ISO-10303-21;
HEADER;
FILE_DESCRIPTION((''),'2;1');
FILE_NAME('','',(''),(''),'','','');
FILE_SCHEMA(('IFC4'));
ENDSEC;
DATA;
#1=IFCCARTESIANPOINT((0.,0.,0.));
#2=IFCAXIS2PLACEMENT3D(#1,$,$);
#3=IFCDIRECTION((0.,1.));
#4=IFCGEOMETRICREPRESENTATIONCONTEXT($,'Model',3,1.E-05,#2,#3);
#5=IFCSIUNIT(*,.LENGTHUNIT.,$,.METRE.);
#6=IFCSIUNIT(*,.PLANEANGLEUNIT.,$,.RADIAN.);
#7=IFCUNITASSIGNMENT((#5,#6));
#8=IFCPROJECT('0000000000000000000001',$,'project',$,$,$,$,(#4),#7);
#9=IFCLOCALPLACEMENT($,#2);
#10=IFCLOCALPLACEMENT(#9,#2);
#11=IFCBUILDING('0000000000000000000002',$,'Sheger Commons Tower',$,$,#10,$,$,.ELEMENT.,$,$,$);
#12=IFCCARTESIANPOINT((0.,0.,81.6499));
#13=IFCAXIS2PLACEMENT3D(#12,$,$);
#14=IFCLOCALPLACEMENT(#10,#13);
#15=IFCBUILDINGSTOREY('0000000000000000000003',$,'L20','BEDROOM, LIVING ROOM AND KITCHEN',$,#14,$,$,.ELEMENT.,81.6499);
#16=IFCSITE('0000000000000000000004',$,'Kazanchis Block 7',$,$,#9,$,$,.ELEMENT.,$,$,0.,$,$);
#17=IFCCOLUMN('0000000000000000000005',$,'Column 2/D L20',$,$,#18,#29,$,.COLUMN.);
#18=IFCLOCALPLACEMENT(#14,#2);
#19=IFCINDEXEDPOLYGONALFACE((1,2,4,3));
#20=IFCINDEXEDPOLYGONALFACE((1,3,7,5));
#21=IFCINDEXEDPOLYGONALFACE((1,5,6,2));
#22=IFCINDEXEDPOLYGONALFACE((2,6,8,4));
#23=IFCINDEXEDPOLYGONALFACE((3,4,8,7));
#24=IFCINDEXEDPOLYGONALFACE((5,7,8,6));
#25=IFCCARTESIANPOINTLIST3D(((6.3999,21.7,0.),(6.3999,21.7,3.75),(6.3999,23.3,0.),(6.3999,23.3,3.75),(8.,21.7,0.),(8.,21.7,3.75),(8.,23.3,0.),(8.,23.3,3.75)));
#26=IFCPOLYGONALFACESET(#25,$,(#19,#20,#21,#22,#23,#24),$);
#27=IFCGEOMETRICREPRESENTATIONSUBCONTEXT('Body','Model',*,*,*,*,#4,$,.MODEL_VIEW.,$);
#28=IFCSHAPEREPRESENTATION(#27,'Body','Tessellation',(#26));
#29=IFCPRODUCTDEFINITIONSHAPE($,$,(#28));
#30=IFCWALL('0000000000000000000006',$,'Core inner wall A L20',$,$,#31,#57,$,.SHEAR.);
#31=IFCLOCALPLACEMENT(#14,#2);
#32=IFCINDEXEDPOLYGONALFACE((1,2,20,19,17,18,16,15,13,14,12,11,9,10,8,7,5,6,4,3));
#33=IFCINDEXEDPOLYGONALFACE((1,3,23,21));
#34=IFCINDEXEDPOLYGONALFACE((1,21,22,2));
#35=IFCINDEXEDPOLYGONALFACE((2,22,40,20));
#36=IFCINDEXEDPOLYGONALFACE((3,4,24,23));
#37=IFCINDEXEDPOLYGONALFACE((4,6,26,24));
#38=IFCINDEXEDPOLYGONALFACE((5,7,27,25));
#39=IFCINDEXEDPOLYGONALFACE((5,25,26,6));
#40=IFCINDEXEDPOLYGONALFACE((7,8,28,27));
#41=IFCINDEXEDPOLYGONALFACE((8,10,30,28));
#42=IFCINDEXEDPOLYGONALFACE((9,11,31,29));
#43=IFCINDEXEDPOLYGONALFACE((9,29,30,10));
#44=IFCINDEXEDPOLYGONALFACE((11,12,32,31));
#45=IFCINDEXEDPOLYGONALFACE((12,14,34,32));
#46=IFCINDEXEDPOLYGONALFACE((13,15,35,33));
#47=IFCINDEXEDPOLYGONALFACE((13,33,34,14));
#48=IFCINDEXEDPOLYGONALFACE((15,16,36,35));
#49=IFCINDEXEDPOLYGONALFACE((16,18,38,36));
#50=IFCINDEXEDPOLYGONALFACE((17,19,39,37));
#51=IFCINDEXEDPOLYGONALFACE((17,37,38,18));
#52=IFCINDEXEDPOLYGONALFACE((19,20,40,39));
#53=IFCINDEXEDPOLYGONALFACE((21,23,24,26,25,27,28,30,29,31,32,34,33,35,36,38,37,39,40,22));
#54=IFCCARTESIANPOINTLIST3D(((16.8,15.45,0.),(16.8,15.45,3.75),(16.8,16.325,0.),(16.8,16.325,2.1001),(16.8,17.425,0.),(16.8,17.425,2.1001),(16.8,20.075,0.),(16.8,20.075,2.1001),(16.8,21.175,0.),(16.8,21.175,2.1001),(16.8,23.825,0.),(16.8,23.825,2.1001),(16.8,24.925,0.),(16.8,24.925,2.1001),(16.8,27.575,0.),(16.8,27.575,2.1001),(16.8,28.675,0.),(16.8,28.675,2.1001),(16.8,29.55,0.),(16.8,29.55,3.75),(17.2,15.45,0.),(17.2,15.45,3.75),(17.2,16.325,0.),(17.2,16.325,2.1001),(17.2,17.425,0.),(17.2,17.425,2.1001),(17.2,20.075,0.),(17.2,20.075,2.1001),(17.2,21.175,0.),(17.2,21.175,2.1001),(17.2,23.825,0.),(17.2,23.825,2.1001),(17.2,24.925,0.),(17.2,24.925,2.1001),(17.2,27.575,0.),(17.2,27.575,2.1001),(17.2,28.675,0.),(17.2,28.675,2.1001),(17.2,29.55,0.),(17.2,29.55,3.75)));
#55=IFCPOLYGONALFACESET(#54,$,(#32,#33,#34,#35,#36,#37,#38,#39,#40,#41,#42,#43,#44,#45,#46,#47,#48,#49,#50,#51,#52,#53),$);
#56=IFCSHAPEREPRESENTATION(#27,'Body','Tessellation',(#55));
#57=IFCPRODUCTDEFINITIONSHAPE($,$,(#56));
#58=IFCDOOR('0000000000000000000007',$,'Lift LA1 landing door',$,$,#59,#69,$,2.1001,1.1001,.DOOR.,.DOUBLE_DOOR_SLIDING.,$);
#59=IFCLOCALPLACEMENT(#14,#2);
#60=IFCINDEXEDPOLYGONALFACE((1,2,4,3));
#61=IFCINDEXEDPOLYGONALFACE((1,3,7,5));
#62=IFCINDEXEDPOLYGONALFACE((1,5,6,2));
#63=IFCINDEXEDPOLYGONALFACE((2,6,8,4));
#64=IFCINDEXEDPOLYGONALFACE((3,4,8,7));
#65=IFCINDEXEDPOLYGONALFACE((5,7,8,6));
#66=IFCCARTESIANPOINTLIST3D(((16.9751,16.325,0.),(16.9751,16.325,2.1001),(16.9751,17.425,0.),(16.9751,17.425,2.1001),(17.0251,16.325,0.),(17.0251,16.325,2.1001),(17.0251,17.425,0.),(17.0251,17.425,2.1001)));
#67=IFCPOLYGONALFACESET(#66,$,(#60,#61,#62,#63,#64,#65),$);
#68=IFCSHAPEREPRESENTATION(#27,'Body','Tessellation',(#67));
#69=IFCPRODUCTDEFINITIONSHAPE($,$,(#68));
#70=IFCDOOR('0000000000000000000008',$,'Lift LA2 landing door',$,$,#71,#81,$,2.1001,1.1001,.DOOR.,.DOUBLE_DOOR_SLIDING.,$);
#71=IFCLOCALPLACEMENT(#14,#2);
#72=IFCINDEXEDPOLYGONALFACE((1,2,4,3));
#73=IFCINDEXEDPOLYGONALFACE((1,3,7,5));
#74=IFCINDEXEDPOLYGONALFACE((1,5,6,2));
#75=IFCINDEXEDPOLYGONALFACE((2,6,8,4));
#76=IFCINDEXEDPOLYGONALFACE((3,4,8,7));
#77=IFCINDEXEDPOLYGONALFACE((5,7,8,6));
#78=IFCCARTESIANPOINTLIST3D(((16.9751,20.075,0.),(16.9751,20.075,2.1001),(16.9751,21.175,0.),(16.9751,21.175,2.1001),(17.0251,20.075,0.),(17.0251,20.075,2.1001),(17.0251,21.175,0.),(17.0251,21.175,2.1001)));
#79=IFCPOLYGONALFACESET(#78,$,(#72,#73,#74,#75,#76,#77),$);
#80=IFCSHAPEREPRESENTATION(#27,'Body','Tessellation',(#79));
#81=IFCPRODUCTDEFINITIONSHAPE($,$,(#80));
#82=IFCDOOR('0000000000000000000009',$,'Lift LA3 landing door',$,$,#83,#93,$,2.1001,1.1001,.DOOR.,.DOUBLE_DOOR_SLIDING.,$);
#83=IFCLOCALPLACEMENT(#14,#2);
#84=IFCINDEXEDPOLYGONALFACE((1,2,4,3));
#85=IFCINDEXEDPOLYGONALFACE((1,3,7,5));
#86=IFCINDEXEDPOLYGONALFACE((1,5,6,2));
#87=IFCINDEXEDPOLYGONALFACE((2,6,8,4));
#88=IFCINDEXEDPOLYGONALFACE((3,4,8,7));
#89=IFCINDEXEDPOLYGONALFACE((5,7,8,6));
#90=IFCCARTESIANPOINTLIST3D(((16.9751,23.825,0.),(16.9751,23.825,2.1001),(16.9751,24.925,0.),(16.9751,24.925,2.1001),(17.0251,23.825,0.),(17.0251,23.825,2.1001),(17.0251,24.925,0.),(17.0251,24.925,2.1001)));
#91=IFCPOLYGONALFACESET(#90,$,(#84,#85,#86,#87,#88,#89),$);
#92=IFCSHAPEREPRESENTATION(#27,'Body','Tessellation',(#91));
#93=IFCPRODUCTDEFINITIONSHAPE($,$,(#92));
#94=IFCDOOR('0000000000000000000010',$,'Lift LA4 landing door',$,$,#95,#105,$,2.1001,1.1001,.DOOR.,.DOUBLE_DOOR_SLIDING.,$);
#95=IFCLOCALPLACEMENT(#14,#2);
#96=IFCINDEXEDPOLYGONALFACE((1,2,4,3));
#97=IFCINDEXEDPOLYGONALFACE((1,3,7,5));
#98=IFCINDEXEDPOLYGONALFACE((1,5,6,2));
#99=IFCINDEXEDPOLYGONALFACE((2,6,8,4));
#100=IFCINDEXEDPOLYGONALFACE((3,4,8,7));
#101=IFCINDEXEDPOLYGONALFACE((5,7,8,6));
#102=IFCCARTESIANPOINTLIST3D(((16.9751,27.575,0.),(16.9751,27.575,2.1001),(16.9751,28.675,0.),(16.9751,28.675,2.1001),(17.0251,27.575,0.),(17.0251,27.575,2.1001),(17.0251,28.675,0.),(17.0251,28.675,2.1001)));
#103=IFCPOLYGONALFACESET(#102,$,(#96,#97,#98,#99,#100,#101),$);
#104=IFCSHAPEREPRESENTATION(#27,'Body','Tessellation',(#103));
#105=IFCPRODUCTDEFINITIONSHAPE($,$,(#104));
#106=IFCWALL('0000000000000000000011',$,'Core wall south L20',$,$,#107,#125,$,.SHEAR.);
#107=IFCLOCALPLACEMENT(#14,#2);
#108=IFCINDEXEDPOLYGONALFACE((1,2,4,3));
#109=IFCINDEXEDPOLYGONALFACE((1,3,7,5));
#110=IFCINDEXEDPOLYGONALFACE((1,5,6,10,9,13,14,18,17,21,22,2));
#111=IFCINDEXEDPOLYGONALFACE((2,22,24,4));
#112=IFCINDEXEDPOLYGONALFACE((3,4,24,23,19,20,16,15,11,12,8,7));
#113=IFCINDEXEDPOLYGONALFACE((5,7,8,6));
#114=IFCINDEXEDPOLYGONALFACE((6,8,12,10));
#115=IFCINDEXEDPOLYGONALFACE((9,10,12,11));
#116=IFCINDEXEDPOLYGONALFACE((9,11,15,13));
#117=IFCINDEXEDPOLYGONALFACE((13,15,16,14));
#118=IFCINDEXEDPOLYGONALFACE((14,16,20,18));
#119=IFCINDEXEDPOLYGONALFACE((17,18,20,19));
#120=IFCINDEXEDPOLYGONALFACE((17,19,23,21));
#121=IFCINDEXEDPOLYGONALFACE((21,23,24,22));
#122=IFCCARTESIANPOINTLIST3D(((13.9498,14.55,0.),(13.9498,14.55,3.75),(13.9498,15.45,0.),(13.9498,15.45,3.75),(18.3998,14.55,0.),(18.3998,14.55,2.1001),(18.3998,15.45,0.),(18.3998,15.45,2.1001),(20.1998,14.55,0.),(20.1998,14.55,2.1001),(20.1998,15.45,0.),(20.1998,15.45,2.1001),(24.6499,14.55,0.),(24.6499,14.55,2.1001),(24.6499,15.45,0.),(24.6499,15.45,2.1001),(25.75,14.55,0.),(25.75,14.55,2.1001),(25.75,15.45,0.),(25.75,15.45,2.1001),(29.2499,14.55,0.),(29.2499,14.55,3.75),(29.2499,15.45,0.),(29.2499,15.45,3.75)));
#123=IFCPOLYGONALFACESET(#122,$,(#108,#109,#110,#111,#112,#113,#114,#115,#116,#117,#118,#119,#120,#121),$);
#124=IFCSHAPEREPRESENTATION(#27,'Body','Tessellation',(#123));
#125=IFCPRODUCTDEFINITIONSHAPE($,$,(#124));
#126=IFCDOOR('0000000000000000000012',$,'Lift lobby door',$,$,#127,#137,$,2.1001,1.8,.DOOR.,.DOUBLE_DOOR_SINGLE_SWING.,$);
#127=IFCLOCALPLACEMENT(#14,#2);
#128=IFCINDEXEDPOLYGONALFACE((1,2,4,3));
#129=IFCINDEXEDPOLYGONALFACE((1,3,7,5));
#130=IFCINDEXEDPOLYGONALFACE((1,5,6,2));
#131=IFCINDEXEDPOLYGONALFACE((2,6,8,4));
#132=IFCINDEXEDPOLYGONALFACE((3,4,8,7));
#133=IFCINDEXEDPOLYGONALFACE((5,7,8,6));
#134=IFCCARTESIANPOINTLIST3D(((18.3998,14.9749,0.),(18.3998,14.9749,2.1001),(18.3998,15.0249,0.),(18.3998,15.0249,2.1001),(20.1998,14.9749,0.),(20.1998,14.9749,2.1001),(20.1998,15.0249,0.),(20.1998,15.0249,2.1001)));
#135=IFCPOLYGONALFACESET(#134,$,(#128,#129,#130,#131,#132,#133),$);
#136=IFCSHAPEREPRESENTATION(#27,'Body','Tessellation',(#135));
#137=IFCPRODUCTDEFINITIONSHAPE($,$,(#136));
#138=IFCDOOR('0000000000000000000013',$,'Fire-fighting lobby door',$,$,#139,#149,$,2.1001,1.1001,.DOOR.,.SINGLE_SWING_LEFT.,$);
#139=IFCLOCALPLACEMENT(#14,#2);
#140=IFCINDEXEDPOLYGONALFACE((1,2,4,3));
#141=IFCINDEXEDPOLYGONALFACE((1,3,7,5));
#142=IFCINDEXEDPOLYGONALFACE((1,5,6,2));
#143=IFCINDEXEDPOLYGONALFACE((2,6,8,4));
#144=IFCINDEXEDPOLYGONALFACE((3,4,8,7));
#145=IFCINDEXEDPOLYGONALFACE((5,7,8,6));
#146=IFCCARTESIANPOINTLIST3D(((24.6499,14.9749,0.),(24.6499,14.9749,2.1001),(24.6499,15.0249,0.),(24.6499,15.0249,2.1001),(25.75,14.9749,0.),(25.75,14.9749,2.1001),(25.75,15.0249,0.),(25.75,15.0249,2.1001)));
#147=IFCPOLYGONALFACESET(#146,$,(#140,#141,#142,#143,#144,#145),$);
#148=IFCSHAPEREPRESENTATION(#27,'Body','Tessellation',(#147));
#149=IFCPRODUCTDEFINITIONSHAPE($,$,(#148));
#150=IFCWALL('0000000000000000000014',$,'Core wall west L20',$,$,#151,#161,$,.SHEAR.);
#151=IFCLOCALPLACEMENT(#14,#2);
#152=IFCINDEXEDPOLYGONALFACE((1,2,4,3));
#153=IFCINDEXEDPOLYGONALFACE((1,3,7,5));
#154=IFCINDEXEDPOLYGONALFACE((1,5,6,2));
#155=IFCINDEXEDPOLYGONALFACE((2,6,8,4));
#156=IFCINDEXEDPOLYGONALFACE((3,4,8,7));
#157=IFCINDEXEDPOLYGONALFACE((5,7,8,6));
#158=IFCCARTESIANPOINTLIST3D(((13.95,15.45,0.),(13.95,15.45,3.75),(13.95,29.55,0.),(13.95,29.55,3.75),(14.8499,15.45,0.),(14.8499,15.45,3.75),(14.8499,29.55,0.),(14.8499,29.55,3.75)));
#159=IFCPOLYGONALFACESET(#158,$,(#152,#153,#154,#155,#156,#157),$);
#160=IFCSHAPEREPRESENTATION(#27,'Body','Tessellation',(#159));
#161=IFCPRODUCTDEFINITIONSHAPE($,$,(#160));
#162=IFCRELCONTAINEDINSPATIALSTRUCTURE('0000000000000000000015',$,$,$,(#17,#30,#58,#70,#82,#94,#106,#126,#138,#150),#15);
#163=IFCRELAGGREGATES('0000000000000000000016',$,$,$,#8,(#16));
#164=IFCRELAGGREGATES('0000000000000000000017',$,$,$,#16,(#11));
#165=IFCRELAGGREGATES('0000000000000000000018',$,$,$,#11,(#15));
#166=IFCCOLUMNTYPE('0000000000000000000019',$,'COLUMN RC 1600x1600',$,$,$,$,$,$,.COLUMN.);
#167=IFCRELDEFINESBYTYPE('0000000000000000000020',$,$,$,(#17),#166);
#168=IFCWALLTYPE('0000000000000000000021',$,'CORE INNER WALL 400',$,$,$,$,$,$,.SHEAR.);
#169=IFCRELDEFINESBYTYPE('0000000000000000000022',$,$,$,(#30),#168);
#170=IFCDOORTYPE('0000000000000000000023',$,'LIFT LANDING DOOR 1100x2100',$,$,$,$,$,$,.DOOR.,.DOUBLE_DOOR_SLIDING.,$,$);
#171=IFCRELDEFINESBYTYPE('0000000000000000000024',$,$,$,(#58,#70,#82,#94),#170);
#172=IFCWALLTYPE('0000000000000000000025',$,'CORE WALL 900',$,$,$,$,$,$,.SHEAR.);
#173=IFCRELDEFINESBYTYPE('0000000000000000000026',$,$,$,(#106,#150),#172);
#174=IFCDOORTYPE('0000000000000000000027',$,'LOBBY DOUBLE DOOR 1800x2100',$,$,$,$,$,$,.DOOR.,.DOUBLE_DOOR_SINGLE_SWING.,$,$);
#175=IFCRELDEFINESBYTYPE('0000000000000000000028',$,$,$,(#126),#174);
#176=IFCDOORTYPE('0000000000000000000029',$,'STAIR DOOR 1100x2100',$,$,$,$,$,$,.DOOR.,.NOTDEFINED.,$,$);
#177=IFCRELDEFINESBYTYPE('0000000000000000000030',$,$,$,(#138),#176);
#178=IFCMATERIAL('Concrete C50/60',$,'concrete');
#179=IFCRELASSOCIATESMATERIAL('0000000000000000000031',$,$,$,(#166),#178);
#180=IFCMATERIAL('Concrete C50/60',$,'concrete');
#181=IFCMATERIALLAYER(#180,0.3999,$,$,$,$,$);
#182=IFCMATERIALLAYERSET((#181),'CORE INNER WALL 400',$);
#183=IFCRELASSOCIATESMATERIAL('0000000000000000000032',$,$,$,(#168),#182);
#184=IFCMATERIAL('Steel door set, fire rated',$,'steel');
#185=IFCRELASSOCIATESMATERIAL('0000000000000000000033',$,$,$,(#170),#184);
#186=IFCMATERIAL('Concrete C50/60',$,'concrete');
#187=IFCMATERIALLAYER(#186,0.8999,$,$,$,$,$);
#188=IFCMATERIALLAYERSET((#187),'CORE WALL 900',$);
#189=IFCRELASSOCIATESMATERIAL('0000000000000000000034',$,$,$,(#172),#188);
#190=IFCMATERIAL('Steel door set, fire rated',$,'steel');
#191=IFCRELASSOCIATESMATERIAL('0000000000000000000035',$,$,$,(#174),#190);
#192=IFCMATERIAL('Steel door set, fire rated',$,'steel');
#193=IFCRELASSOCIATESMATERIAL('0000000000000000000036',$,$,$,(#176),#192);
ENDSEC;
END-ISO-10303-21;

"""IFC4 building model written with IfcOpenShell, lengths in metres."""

from ifc_helpers import new_model, si_unit, direction, frame, frame_2d, origin, origin_2d, place, context, subcontext, project, spatial, rectangle, extrude, material, layer, layer_set, material_profile, profile_set, type_object, element, fill, save


model = new_model("IFC4")

# Units and contexts
model_context = context("Model", 3, precision=1e-05, world=origin(), true_north=direction((0.0, 1.0)))
body_context = subcontext(model_context, "Body", "Model", "MODEL_VIEW")
ifc_project = project(units=[si_unit("LENGTHUNIT", "METRE"), si_unit("PLANEANGLEUNIT", "RADIAN")], contexts=[model_context])

# Site, building, storey
site_placement = place(None, origin())
site = spatial("IfcSite", under=ifc_project, at=site_placement, Name="Kazanchis Block 7", CompositionType="ELEMENT", RefElevation=0.0)
building_placement = place(site_placement, origin())
building = spatial("IfcBuilding", under=site, at=building_placement, Name="Sheger Commons Tower", CompositionType="ELEMENT")
storey_placement = place(building_placement, frame((0.0, 0.0, 81.6499)))
storey = spatial("IfcBuildingStorey", under=building, at=storey_placement, Name="L20", Description="BEDROOM, LIVING ROOM AND KITCHEN", CompositionType="ELEMENT", Elevation=81.6499)

# Column
ifc_material_1 = material(Name="Concrete C50/60", Category="concrete")
ifc_material_profile = material_profile(ifc_material_1, rectangle(XDim=1.6001, YDim=1.6001, at=origin_2d()), Name="RC 1600x1600")
ifc_profile_set = profile_set([ifc_material_profile], Name="Concrete C50/60")
column_type = type_object("IfcColumnType", Name="COLUMN RC 1600x1600", PredefinedType="COLUMN", material=ifc_profile_set)
column_placement = place(storey_placement, frame((7.2, 22.5, 0.0), z_axis=(0.0, 0.0, 1.0), x_axis=(1.0, 0.0, 0.0)))
element("IfcColumn", 1, at=column_placement, inside=storey, type_object=column_type, Name="Column 2/D L20", PredefinedType="COLUMN", context=body_context, shape_type="SweptSolid", body=[
    extrude(rectangle(XDim=1.6001, YDim=1.6001, at=origin_2d()), origin(), (0.0, 0.0, 1.0), 3.75),
])

# Walls, openings, doors
ifc_material_2 = material(Name="Concrete C50/60", Category="concrete")
ifc_layer_1 = layer(ifc_material_2, 0.3999)
ifc_layer_set_1 = layer_set([ifc_layer_1], Name="CORE INNER WALL 400")
wall_type_1 = type_object("IfcWallType", Name="CORE INNER WALL 400", PredefinedType="SHEAR", material=ifc_layer_set_1)
wall_1_placement = place(storey_placement, frame((17.0, 15.45, 0.0), z_axis=(0.0, 0.0, 1.0), x_axis=(0.0, 1.0, 0.0)))
wall_1 = element("IfcWall", 2, at=wall_1_placement, inside=storey, type_object=wall_type_1, Name="Core inner wall A L20", PredefinedType="SHEAR", context=body_context, shape_type="SweptSolid", body=[
    extrude(rectangle(XDim=14.1001, YDim=0.3999, at=frame_2d((7.05, 0.0))), origin(), (0.0, 0.0, 1.0), 3.75),
])
opening_1_placement = place(wall_1_placement, frame((0.875, 0.0, 0.0)))
opening_1 = element("IfcOpeningElement", 3, at=opening_1_placement, cuts=wall_1, PredefinedType="OPENING", context=body_context, shape_type="SweptSolid", body=[
    extrude(rectangle(XDim=1.1001, YDim=2.1001, at=frame_2d((0.55, 1.05))), frame((0.0, 0.21, 0.0), z_axis=(0.0, -1.0, 0.0), x_axis=(1.0, 0.0, 0.0)), (0.0, 0.0, 1.0), 0.4199),
])
opening_2_placement = place(wall_1_placement, frame((4.625, 0.0, 0.0)))
opening_2 = element("IfcOpeningElement", 4, at=opening_2_placement, cuts=wall_1, PredefinedType="OPENING", context=body_context, shape_type="SweptSolid", body=[
    extrude(rectangle(XDim=1.1001, YDim=2.1001, at=frame_2d((0.55, 1.05))), frame((0.0, 0.21, 0.0), z_axis=(0.0, -1.0, 0.0), x_axis=(1.0, 0.0, 0.0)), (0.0, 0.0, 1.0), 0.4199),
])
opening_3_placement = place(wall_1_placement, frame((8.375, 0.0, 0.0)))
opening_3 = element("IfcOpeningElement", 5, at=opening_3_placement, cuts=wall_1, PredefinedType="OPENING", context=body_context, shape_type="SweptSolid", body=[
    extrude(rectangle(XDim=1.1001, YDim=2.1001, at=frame_2d((0.55, 1.05))), frame((0.0, 0.21, 0.0), z_axis=(0.0, -1.0, 0.0), x_axis=(1.0, 0.0, 0.0)), (0.0, 0.0, 1.0), 0.4199),
])
opening_4_placement = place(wall_1_placement, frame((12.125, 0.0, 0.0)))
opening_4 = element("IfcOpeningElement", 6, at=opening_4_placement, cuts=wall_1, PredefinedType="OPENING", context=body_context, shape_type="SweptSolid", body=[
    extrude(rectangle(XDim=1.1001, YDim=2.1001, at=frame_2d((0.55, 1.05))), frame((0.0, 0.21, 0.0), z_axis=(0.0, -1.0, 0.0), x_axis=(1.0, 0.0, 0.0)), (0.0, 0.0, 1.0), 0.4199),
])
ifc_material_3 = material(Name="Steel door set, fire rated", Category="steel")
door_type_1 = type_object("IfcDoorType", Name="LIFT LANDING DOOR 1100x2100", OperationType="DOUBLE_DOOR_SLIDING", PredefinedType="DOOR", material=ifc_material_3)
door_1_placement = place(opening_1_placement, origin())
door_1 = element("IfcDoor", 7, at=door_1_placement, inside=storey, type_object=door_type_1, Name="Lift LA1 landing door", OperationType="DOUBLE_DOOR_SLIDING", OverallHeight=2.1001, OverallWidth=1.1001, PredefinedType="DOOR", context=body_context, shape_type="SweptSolid", body=[
    extrude(rectangle(XDim=1.1001, YDim=2.1001, at=frame_2d((0.55, 1.05))), frame((0.0, 0.0249, 0.0), z_axis=(0.0, -1.0, 0.0), x_axis=(1.0, 0.0, 0.0)), (0.0, 0.0, 1.0), 0.05),
])
fill(opening_1, door_1)
door_2_placement = place(opening_2_placement, origin())
door_2 = element("IfcDoor", 8, at=door_2_placement, inside=storey, type_object=door_type_1, Name="Lift LA2 landing door", OperationType="DOUBLE_DOOR_SLIDING", OverallHeight=2.1001, OverallWidth=1.1001, PredefinedType="DOOR", context=body_context, shape_type="SweptSolid", body=[
    extrude(rectangle(XDim=1.1001, YDim=2.1001, at=frame_2d((0.55, 1.05))), frame((0.0, 0.0249, 0.0), z_axis=(0.0, -1.0, 0.0), x_axis=(1.0, 0.0, 0.0)), (0.0, 0.0, 1.0), 0.05),
])
fill(opening_2, door_2)
door_3_placement = place(opening_3_placement, origin())
door_3 = element("IfcDoor", 9, at=door_3_placement, inside=storey, type_object=door_type_1, Name="Lift LA3 landing door", OperationType="DOUBLE_DOOR_SLIDING", OverallHeight=2.1001, OverallWidth=1.1001, PredefinedType="DOOR", context=body_context, shape_type="SweptSolid", body=[
    extrude(rectangle(XDim=1.1001, YDim=2.1001, at=frame_2d((0.55, 1.05))), frame((0.0, 0.0249, 0.0), z_axis=(0.0, -1.0, 0.0), x_axis=(1.0, 0.0, 0.0)), (0.0, 0.0, 1.0), 0.05),
])
fill(opening_3, door_3)
door_4_placement = place(opening_4_placement, origin())
door_4 = element("IfcDoor", 10, at=door_4_placement, inside=storey, type_object=door_type_1, Name="Lift LA4 landing door", OperationType="DOUBLE_DOOR_SLIDING", OverallHeight=2.1001, OverallWidth=1.1001, PredefinedType="DOOR", context=body_context, shape_type="SweptSolid", body=[
    extrude(rectangle(XDim=1.1001, YDim=2.1001, at=frame_2d((0.55, 1.05))), frame((0.0, 0.0249, 0.0), z_axis=(0.0, -1.0, 0.0), x_axis=(1.0, 0.0, 0.0)), (0.0, 0.0, 1.0), 0.05),
])
fill(opening_4, door_4)
ifc_material_4 = material(Name="Concrete C50/60", Category="concrete")
ifc_layer_2 = layer(ifc_material_4, 0.8999)
ifc_layer_set_2 = layer_set([ifc_layer_2], Name="CORE WALL 900")
wall_type_2 = type_object("IfcWallType", Name="CORE WALL 900", PredefinedType="SHEAR", material=ifc_layer_set_2)
wall_2_placement = place(storey_placement, frame((13.95, 15.0, 0.0), z_axis=(0.0, 0.0, 1.0), x_axis=(1.0, 0.0, 0.0)))
wall_2 = element("IfcWall", 11, at=wall_2_placement, inside=storey, type_object=wall_type_2, Name="Core wall south L20", PredefinedType="SHEAR", context=body_context, shape_type="SweptSolid", body=[
    extrude(rectangle(XDim=15.3, YDim=0.8999, at=frame_2d((7.6499, 0.0))), origin(), (0.0, 0.0, 1.0), 3.75),
])
opening_5_placement = place(wall_2_placement, frame((4.45, 0.0, 0.0)))
opening_5 = element("IfcOpeningElement", 12, at=opening_5_placement, cuts=wall_2, PredefinedType="OPENING", context=body_context, shape_type="SweptSolid", body=[
    extrude(rectangle(XDim=1.8, YDim=2.1001, at=frame_2d((0.8999, 1.05))), frame((0.0, 0.46, 0.0), z_axis=(0.0, -1.0, 0.0), x_axis=(1.0, 0.0, 0.0)), (0.0, 0.0, 1.0), 0.9199),
])
opening_6_placement = place(wall_2_placement, frame((10.7, 0.0, 0.0)))
opening_6 = element("IfcOpeningElement", 13, at=opening_6_placement, cuts=wall_2, PredefinedType="OPENING", context=body_context, shape_type="SweptSolid", body=[
    extrude(rectangle(XDim=1.1001, YDim=2.1001, at=frame_2d((0.55, 1.05))), frame((0.0, 0.46, 0.0), z_axis=(0.0, -1.0, 0.0), x_axis=(1.0, 0.0, 0.0)), (0.0, 0.0, 1.0), 0.9199),
])
ifc_material_5 = material(Name="Steel door set, fire rated", Category="steel")
door_type_2 = type_object("IfcDoorType", Name="LOBBY DOUBLE DOOR 1800x2100", OperationType="DOUBLE_DOOR_SINGLE_SWING", PredefinedType="DOOR", material=ifc_material_5)
door_5_placement = place(opening_5_placement, origin())
door_5 = element("IfcDoor", 14, at=door_5_placement, inside=storey, type_object=door_type_2, Name="Lift lobby door", OperationType="DOUBLE_DOOR_SINGLE_SWING", OverallHeight=2.1001, OverallWidth=1.8, PredefinedType="DOOR", context=body_context, shape_type="SweptSolid", body=[
    extrude(rectangle(XDim=1.8, YDim=2.1001, at=frame_2d((0.8999, 1.05))), frame((0.0, 0.0249, 0.0), z_axis=(0.0, -1.0, 0.0), x_axis=(1.0, 0.0, 0.0)), (0.0, 0.0, 1.0), 0.05),
])
fill(opening_5, door_5)
ifc_material_6 = material(Name="Steel door set, fire rated", Category="steel")
door_type_3 = type_object("IfcDoorType", Name="STAIR DOOR 1100x2100", OperationType="NOTDEFINED", PredefinedType="DOOR", material=ifc_material_6)
door_6_placement = place(opening_6_placement, origin())
door_6 = element("IfcDoor", 15, at=door_6_placement, inside=storey, type_object=door_type_3, Name="Fire-fighting lobby door", OperationType="SINGLE_SWING_LEFT", OverallHeight=2.1001, OverallWidth=1.1001, PredefinedType="DOOR", context=body_context, shape_type="SweptSolid", body=[
    extrude(rectangle(XDim=1.1001, YDim=2.1001, at=frame_2d((0.55, 1.05))), frame((0.0, 0.0249, 0.0), z_axis=(0.0, -1.0, 0.0), x_axis=(1.0, 0.0, 0.0)), (0.0, 0.0, 1.0), 0.05),
])
fill(opening_6, door_6)

# Wall
wall_3_placement = place(storey_placement, frame((14.3999, 15.45, 0.0), z_axis=(0.0, 0.0, 1.0), x_axis=(0.0, 1.0, 0.0)))
element("IfcWall", 16, at=wall_3_placement, inside=storey, type_object=wall_type_2, Name="Core wall west L20", PredefinedType="SHEAR", context=body_context, shape_type="SweptSolid", body=[
    extrude(rectangle(XDim=14.1001, YDim=0.8999, at=frame_2d((7.05, 0.0))), origin(), (0.0, 0.0, 1.0), 3.75),
])

save(model, "model.ifc")
